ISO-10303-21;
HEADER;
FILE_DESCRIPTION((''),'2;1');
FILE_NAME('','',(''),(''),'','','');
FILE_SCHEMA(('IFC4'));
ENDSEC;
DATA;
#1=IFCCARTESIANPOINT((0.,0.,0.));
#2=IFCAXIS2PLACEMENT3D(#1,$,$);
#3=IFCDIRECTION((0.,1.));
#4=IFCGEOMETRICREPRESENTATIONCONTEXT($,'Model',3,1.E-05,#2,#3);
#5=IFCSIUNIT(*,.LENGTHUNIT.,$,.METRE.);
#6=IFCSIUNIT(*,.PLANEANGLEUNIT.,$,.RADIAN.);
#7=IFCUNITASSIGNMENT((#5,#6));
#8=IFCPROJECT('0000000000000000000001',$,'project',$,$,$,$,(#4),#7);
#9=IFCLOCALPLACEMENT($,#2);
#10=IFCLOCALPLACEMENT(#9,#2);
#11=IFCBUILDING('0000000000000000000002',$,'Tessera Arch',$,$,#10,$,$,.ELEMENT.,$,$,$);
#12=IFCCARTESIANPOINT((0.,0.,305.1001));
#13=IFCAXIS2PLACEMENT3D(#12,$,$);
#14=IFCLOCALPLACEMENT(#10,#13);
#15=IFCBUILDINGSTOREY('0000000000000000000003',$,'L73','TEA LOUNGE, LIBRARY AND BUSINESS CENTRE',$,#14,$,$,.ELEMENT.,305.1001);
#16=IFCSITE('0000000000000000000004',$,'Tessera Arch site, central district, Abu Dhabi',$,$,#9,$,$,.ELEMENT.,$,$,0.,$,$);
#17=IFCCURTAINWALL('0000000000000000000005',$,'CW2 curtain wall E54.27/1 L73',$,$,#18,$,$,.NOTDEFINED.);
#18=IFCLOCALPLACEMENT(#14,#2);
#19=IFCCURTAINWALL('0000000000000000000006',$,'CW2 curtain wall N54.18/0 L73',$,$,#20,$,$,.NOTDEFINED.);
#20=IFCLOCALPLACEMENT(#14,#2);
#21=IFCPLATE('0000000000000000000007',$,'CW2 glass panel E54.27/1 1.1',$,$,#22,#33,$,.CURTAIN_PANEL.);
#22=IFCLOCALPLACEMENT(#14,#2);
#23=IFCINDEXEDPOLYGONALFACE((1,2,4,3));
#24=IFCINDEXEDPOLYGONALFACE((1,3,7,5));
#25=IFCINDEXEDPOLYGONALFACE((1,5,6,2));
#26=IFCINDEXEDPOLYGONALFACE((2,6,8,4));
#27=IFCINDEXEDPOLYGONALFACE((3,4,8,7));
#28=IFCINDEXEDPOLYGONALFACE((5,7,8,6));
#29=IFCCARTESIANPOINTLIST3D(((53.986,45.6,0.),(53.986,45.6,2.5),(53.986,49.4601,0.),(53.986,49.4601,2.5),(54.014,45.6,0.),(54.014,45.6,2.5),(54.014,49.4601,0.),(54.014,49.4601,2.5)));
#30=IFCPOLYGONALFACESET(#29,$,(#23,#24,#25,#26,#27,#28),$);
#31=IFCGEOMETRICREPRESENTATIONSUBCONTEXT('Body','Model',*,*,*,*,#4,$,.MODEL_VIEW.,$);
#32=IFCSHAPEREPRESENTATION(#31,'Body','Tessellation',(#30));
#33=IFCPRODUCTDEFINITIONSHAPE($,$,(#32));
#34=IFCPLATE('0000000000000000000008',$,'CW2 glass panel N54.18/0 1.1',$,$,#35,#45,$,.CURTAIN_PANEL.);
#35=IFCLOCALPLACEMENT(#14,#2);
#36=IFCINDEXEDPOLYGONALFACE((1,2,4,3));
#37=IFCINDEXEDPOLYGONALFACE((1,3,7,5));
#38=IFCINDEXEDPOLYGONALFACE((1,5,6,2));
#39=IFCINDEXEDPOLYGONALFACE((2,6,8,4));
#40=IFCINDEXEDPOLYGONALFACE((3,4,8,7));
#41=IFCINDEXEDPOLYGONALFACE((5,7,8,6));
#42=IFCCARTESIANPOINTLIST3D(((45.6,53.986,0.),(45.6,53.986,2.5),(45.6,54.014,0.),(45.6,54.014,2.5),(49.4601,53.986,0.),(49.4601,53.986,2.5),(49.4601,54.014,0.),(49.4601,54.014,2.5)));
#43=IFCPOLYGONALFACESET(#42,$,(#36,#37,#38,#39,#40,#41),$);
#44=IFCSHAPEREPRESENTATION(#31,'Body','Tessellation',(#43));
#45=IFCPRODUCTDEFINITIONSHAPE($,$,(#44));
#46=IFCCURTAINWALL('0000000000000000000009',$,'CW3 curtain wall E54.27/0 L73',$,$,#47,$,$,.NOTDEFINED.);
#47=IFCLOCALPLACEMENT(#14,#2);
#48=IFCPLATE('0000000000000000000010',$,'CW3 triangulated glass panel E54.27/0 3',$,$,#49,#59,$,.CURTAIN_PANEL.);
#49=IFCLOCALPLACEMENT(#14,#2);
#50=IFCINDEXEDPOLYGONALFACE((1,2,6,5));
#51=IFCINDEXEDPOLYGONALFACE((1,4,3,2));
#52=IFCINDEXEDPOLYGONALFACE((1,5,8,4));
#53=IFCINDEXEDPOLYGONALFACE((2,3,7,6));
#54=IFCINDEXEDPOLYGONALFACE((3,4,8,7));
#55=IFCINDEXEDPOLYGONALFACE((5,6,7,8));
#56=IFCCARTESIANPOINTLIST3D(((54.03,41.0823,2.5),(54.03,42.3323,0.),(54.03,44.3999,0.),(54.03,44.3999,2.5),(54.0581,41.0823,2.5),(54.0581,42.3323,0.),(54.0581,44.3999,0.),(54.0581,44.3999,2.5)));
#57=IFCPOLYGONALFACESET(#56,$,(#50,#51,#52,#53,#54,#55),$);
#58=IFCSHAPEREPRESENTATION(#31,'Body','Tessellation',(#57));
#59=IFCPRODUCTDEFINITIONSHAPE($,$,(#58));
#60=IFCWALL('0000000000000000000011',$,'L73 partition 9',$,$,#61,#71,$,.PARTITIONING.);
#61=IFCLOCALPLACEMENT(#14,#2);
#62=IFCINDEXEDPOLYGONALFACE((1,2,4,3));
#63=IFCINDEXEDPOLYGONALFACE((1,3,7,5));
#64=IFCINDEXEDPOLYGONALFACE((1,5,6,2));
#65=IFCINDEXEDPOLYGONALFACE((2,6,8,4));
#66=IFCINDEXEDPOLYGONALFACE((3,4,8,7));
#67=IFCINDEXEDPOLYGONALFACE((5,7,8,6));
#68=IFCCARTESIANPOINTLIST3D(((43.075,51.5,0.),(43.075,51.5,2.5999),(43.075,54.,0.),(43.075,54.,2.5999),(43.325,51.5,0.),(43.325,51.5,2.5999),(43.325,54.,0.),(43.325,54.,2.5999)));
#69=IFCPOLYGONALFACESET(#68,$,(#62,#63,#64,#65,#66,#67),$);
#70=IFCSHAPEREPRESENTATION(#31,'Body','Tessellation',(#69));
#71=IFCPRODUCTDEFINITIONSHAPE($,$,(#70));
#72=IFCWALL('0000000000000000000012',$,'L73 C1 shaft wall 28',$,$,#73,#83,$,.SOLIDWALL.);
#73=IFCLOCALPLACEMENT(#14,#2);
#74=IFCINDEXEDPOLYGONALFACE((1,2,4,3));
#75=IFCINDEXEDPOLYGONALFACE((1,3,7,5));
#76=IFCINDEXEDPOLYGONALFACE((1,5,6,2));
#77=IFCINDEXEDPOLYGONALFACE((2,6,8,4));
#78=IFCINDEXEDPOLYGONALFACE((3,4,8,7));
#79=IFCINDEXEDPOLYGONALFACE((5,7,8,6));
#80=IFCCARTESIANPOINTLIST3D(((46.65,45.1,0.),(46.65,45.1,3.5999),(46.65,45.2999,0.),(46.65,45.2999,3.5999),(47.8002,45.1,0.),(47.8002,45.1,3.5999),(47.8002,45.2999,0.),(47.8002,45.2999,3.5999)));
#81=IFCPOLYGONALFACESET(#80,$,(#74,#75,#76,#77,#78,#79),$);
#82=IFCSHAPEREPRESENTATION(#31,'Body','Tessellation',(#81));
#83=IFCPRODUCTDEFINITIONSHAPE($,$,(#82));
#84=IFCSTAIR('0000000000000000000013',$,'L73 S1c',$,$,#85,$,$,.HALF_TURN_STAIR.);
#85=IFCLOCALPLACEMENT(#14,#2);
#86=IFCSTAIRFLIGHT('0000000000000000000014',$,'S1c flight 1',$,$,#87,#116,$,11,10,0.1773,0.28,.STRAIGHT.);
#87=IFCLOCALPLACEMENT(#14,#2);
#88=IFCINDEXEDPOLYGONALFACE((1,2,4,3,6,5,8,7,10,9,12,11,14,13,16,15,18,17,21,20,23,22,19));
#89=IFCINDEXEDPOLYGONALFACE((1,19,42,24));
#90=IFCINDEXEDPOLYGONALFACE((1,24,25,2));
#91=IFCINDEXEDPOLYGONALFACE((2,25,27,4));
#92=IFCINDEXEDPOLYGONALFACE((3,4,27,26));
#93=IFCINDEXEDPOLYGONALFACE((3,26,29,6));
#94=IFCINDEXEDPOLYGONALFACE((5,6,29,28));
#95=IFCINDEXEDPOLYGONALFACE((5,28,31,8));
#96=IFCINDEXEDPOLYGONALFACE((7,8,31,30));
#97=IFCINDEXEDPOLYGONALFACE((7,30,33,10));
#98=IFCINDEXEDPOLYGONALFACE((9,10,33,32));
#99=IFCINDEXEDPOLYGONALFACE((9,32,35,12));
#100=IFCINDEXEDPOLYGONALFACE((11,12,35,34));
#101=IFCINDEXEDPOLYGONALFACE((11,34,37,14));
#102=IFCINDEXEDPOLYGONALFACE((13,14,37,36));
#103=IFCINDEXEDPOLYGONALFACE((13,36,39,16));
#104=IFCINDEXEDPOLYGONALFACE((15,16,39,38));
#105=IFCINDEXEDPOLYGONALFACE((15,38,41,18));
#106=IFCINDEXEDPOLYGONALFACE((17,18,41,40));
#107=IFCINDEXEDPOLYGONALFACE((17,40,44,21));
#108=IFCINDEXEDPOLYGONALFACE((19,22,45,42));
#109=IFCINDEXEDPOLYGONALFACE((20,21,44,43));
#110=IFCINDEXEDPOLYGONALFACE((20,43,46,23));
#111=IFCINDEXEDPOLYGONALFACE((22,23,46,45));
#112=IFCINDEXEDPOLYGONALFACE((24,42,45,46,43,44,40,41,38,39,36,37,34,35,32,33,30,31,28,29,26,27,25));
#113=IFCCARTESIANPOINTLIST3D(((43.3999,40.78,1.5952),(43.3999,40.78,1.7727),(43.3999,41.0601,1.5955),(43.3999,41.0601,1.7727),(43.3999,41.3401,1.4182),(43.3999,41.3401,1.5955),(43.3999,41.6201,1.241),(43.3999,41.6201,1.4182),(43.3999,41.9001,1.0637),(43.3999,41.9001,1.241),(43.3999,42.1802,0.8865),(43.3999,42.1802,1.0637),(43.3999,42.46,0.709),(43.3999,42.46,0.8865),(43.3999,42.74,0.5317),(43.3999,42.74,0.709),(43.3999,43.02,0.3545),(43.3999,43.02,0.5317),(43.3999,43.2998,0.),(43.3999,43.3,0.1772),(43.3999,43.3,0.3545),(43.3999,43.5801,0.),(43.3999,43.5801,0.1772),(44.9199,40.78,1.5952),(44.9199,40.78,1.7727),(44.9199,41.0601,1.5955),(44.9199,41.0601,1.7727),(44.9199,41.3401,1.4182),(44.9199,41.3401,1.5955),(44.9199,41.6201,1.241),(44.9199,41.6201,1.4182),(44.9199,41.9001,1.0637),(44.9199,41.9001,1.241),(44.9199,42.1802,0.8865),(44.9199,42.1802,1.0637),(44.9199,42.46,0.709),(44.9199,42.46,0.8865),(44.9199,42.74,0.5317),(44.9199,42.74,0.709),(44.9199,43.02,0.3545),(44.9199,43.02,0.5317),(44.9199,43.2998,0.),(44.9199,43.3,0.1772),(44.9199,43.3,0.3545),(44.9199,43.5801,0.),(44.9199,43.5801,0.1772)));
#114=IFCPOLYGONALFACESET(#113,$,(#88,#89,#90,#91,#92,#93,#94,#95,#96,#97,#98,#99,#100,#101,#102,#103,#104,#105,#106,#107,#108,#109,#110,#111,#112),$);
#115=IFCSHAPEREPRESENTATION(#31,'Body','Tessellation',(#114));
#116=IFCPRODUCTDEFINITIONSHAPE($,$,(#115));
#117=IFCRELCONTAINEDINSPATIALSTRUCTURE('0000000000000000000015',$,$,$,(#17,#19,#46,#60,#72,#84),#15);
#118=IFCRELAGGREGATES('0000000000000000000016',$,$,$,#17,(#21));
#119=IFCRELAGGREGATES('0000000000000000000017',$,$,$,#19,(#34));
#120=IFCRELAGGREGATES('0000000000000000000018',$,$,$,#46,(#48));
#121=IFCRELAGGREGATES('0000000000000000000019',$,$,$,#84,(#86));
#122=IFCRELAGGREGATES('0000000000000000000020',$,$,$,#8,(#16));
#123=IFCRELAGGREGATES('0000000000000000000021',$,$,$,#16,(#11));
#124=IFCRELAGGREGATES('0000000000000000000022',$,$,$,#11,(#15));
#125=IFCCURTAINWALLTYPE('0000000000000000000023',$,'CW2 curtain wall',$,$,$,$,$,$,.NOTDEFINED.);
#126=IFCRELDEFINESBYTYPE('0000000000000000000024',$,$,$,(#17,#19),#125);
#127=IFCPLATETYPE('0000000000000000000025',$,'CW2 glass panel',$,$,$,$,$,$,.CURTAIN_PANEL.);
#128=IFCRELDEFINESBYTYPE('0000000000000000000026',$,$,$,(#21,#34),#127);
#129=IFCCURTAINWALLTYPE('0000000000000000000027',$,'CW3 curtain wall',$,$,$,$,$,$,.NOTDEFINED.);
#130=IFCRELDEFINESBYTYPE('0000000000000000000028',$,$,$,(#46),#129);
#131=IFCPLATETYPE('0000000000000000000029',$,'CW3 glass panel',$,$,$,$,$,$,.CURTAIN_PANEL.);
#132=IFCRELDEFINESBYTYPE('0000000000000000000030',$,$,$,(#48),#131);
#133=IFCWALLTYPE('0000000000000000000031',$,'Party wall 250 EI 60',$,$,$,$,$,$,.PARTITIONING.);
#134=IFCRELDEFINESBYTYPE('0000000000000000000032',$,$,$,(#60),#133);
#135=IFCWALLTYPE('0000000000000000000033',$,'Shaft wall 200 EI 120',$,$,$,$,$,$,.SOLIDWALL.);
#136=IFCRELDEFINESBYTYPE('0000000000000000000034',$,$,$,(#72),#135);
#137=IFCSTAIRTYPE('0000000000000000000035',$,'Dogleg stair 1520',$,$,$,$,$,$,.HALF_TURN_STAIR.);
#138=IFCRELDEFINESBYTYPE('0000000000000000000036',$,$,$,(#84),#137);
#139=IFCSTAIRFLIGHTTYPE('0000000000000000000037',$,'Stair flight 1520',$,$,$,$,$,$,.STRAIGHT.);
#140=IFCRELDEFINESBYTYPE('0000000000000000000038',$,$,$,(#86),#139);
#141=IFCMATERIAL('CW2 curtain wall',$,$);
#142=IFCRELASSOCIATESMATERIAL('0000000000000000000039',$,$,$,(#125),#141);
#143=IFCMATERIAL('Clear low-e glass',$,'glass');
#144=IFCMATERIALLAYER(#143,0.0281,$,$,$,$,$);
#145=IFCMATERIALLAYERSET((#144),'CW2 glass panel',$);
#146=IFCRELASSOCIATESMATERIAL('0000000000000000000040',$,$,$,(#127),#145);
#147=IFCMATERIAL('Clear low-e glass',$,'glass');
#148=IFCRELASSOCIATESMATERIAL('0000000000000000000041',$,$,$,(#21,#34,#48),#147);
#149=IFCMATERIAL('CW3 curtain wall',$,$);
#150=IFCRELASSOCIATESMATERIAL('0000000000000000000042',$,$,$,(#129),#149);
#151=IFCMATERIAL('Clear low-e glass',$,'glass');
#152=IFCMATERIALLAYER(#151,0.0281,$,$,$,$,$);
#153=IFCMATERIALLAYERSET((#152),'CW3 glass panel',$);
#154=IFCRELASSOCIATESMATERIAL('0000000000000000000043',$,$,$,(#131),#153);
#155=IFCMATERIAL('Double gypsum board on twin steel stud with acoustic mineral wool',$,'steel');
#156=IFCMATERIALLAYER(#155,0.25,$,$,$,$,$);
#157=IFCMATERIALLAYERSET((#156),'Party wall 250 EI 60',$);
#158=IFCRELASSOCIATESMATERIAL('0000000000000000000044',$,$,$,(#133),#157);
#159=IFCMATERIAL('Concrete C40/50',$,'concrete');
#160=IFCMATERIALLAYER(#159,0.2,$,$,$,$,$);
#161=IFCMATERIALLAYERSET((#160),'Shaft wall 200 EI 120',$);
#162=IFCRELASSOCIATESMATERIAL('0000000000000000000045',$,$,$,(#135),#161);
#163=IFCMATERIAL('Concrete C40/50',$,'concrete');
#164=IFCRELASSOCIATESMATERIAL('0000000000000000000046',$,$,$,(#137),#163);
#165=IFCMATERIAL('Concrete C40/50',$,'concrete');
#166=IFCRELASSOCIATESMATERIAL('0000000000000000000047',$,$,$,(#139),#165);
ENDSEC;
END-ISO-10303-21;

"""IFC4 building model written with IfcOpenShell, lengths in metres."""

from ifc_helpers import new_model, si_unit, direction, frame, frame_2d, origin, origin_2d, place, context, subcontext, project, spatial, polyline, rectangle, outline, extrude, material, layer, layer_set, type_object, element, aggregate, save


model = new_model("IFC4")

# Units and contexts
model_context = context("Model", 3, precision=1e-05, world=origin(), true_north=direction((0.0, 1.0)))
body_context = subcontext(model_context, "Body", "Model", "MODEL_VIEW")
ifc_project = project(units=[si_unit("LENGTHUNIT", "METRE"), si_unit("PLANEANGLEUNIT", "RADIAN")], contexts=[model_context])

# Site, building, storey
site_placement = place(None, origin())
site = spatial("IfcSite", under=ifc_project, at=site_placement, Name="Tessera Arch site, central district, Abu Dhabi", CompositionType="ELEMENT", RefElevation=0.0)
building_placement = place(site_placement, origin())
building = spatial("IfcBuilding", under=site, at=building_placement, Name="Tessera Arch", CompositionType="ELEMENT")
storey_placement = place(building_placement, frame((0.0, 0.0, 305.1001)))
storey = spatial("IfcBuildingStorey", under=building, at=storey_placement, Name="L73", Description="TEA LOUNGE, LIBRARY AND BUSINESS CENTRE", CompositionType="ELEMENT", Elevation=305.1001)

# Curtain walls
ifc_material_1 = material(Name="CW2 curtain wall")
curtain_wall_type_1 = type_object("IfcCurtainWallType", Name="CW2 curtain wall", PredefinedType="NOTDEFINED", material=ifc_material_1)
curtain_wall_1_placement = place(storey_placement, origin())
curtain_wall_1 = element("IfcCurtainWall", 1, at=curtain_wall_1_placement, inside=storey, type_object=curtain_wall_type_1, Name="CW2 curtain wall E54.27/1 L73", PredefinedType="NOTDEFINED")
curtain_wall_2_placement = place(storey_placement, origin())
curtain_wall_2 = element("IfcCurtainWall", 2, at=curtain_wall_2_placement, inside=storey, type_object=curtain_wall_type_1, Name="CW2 curtain wall N54.18/0 L73", PredefinedType="NOTDEFINED")

# Plates
ifc_material_2 = material(Name="Clear low-e glass", Category="glass")
ifc_material_3 = material(Name="Clear low-e glass", Category="glass")
ifc_layer_1 = layer(ifc_material_3, 0.0281)
ifc_layer_set_1 = layer_set([ifc_layer_1], Name="CW2 glass panel")
plate_type_1 = type_object("IfcPlateType", Name="CW2 glass panel", PredefinedType="CURTAIN_PANEL", material=ifc_layer_set_1)
plate_1_placement = place(storey_placement, frame((54.0, 47.53, 0.0), z_axis=(0.0, 0.0, 1.0), x_axis=(0.0, 1.0, 0.0)))
plate_1 = element("IfcPlate", 3, at=plate_1_placement, type_object=plate_type_1, material=ifc_material_2, Name="CW2 glass panel E54.27/1 1.1", PredefinedType="CURTAIN_PANEL", context=body_context, shape_type="SweptSolid", body=[
    extrude(rectangle(XDim=3.8601, YDim=0.0281, at=origin_2d()), origin(), (0.0, 0.0, 1.0), 2.5),
])
aggregate(curtain_wall_1, [plate_1])
plate_2_placement = place(storey_placement, frame((47.53, 54.0, 0.0), z_axis=(0.0, 0.0, 1.0), x_axis=(-1.0, 0.0, 0.0)))
plate_2 = element("IfcPlate", 4, at=plate_2_placement, type_object=plate_type_1, material=ifc_material_2, Name="CW2 glass panel N54.18/0 1.1", PredefinedType="CURTAIN_PANEL", context=body_context, shape_type="SweptSolid", body=[
    extrude(rectangle(XDim=3.8601, YDim=0.0281, at=origin_2d()), origin(), (0.0, 0.0, 1.0), 2.5),
])
aggregate(curtain_wall_2, [plate_2])

# Curtain wall, plate
ifc_material_4 = material(Name="CW3 curtain wall")
curtain_wall_type_2 = type_object("IfcCurtainWallType", Name="CW3 curtain wall", PredefinedType="NOTDEFINED", material=ifc_material_4)
curtain_wall_3_placement = place(storey_placement, origin())
curtain_wall_3 = element("IfcCurtainWall", 5, at=curtain_wall_3_placement, inside=storey, type_object=curtain_wall_type_2, Name="CW3 curtain wall E54.27/0 L73", PredefinedType="NOTDEFINED")
ifc_material_5 = material(Name="Clear low-e glass", Category="glass")
ifc_layer_2 = layer(ifc_material_5, 0.0281)
ifc_layer_set_2 = layer_set([ifc_layer_2], Name="CW3 glass panel")
plate_type_2 = type_object("IfcPlateType", Name="CW3 glass panel", PredefinedType="CURTAIN_PANEL", material=ifc_layer_set_2)
plate_3_placement = place(storey_placement, frame((54.0581, 44.3999, 2.5), z_axis=(1.0, 0.0, 0.0), x_axis=(0.0, -1.0, 0.0)))
plate_3 = element("IfcPlate", 6, at=plate_3_placement, type_object=plate_type_2, material=ifc_material_2, Name="CW3 triangulated glass panel E54.27/0 3", PredefinedType="CURTAIN_PANEL", context=body_context, shape_type="SweptSolid", body=[
    extrude(outline(polyline([(0.0, 0.0), (3.3176, 0.0), (2.0676, 2.5), (0.0, 2.5), (0.0, 0.0)])), origin(), (0.0, 0.0, -1.0), 0.0281),
])
aggregate(curtain_wall_3, [plate_3])

# Walls
ifc_material_6 = material(Name="Double gypsum board on twin steel stud with acoustic mineral wool", Category="steel")
ifc_layer_3 = layer(ifc_material_6, 0.25)
ifc_layer_set_3 = layer_set([ifc_layer_3], Name="Party wall 250 EI 60")
wall_type_1 = type_object("IfcWallType", Name="Party wall 250 EI 60", PredefinedType="PARTITIONING", material=ifc_layer_set_3)
wall_1_placement = place(storey_placement, frame((43.2, 51.5, 0.0), z_axis=(0.0, 0.0, 1.0), x_axis=(0.0, 1.0, 0.0)))
element("IfcWall", 7, at=wall_1_placement, inside=storey, type_object=wall_type_1, Name="L73 partition 9", PredefinedType="PARTITIONING", context=body_context, shape_type="SweptSolid", body=[
    extrude(rectangle(XDim=2.5, YDim=0.25, at=frame_2d((1.25, 0.0))), origin(), (0.0, 0.0, 1.0), 2.5999),
])
ifc_material_7 = material(Name="Concrete C40/50", Category="concrete")
ifc_layer_4 = layer(ifc_material_7, 0.2)
ifc_layer_set_4 = layer_set([ifc_layer_4], Name="Shaft wall 200 EI 120")
wall_type_2 = type_object("IfcWallType", Name="Shaft wall 200 EI 120", PredefinedType="SOLIDWALL", material=ifc_layer_set_4)
wall_2_placement = place(storey_placement, frame((46.6499, 45.2, 0.0), z_axis=(0.0, 0.0, 1.0), x_axis=(1.0, 0.0, 0.0)))
element("IfcWall", 8, at=wall_2_placement, inside=storey, type_object=wall_type_2, Name="L73 C1 shaft wall 28", PredefinedType="SOLIDWALL", context=body_context, shape_type="SweptSolid", body=[
    extrude(rectangle(XDim=1.1501, YDim=0.2, at=frame_2d((0.5752, 0.0))), origin(), (0.0, 0.0, 1.0), 3.5999),
])

# Stair, stair flight
ifc_material_8 = material(Name="Concrete C40/50", Category="concrete")
stair_type = type_object("IfcStairType", Name="Dogleg stair 1520", PredefinedType="HALF_TURN_STAIR", material=ifc_material_8)
stair_placement = place(storey_placement, origin())
stair = element("IfcStair", 9, at=stair_placement, inside=storey, type_object=stair_type, Name="L73 S1c", PredefinedType="HALF_TURN_STAIR")
ifc_material_9 = material(Name="Concrete C40/50", Category="concrete")
stair_flight_type = type_object("IfcStairFlightType", Name="Stair flight 1520", PredefinedType="STRAIGHT", material=ifc_material_9)
stair_flight_placement = place(storey_placement, frame((44.1599, 43.5801, 0.0), z_axis=(0.0, 0.0, 1.0), x_axis=(0.0, -1.0, 0.0)))
stair_flight = element("IfcStairFlight", 10, at=stair_flight_placement, type_object=stair_flight_type, Name="S1c flight 1", NumberOfRisers=11, NumberOfTreads=10, PredefinedType="STRAIGHT", RiserHeight=0.1773, TreadLength=0.28, context=body_context, shape_type="SweptSolid", body=[
    extrude(outline(polyline([(0.0, 0.0), (0.0, 0.1772), (0.28, 0.1772), (0.28, 0.3545), (0.5601, 0.3545), (0.5601, 0.5317), (0.8401, 0.5317), (0.8401, 0.709), (1.1201, 0.709), (1.1201, 0.8865), (1.3999, 0.8865), (1.3999, 1.0637), (1.6799, 1.0637), (1.6799, 1.241), (1.96, 1.241), (1.96, 1.4182), (2.24, 1.4182), (2.24, 1.5955), (2.52, 1.5955), (2.52, 1.7727), (2.8, 1.7727), (2.8, 1.95), (2.8, 1.5952), (0.2803, 0.0), (0.0, 0.0)])), frame((0.0, 0.76, 0.0), z_axis=(0.0, -1.0, 0.0), x_axis=(1.0, 0.0, 0.0)), (0.0, 0.0, 1.0), 1.52),
])
aggregate(stair, [stair_flight])

save(model, "model.ifc")
